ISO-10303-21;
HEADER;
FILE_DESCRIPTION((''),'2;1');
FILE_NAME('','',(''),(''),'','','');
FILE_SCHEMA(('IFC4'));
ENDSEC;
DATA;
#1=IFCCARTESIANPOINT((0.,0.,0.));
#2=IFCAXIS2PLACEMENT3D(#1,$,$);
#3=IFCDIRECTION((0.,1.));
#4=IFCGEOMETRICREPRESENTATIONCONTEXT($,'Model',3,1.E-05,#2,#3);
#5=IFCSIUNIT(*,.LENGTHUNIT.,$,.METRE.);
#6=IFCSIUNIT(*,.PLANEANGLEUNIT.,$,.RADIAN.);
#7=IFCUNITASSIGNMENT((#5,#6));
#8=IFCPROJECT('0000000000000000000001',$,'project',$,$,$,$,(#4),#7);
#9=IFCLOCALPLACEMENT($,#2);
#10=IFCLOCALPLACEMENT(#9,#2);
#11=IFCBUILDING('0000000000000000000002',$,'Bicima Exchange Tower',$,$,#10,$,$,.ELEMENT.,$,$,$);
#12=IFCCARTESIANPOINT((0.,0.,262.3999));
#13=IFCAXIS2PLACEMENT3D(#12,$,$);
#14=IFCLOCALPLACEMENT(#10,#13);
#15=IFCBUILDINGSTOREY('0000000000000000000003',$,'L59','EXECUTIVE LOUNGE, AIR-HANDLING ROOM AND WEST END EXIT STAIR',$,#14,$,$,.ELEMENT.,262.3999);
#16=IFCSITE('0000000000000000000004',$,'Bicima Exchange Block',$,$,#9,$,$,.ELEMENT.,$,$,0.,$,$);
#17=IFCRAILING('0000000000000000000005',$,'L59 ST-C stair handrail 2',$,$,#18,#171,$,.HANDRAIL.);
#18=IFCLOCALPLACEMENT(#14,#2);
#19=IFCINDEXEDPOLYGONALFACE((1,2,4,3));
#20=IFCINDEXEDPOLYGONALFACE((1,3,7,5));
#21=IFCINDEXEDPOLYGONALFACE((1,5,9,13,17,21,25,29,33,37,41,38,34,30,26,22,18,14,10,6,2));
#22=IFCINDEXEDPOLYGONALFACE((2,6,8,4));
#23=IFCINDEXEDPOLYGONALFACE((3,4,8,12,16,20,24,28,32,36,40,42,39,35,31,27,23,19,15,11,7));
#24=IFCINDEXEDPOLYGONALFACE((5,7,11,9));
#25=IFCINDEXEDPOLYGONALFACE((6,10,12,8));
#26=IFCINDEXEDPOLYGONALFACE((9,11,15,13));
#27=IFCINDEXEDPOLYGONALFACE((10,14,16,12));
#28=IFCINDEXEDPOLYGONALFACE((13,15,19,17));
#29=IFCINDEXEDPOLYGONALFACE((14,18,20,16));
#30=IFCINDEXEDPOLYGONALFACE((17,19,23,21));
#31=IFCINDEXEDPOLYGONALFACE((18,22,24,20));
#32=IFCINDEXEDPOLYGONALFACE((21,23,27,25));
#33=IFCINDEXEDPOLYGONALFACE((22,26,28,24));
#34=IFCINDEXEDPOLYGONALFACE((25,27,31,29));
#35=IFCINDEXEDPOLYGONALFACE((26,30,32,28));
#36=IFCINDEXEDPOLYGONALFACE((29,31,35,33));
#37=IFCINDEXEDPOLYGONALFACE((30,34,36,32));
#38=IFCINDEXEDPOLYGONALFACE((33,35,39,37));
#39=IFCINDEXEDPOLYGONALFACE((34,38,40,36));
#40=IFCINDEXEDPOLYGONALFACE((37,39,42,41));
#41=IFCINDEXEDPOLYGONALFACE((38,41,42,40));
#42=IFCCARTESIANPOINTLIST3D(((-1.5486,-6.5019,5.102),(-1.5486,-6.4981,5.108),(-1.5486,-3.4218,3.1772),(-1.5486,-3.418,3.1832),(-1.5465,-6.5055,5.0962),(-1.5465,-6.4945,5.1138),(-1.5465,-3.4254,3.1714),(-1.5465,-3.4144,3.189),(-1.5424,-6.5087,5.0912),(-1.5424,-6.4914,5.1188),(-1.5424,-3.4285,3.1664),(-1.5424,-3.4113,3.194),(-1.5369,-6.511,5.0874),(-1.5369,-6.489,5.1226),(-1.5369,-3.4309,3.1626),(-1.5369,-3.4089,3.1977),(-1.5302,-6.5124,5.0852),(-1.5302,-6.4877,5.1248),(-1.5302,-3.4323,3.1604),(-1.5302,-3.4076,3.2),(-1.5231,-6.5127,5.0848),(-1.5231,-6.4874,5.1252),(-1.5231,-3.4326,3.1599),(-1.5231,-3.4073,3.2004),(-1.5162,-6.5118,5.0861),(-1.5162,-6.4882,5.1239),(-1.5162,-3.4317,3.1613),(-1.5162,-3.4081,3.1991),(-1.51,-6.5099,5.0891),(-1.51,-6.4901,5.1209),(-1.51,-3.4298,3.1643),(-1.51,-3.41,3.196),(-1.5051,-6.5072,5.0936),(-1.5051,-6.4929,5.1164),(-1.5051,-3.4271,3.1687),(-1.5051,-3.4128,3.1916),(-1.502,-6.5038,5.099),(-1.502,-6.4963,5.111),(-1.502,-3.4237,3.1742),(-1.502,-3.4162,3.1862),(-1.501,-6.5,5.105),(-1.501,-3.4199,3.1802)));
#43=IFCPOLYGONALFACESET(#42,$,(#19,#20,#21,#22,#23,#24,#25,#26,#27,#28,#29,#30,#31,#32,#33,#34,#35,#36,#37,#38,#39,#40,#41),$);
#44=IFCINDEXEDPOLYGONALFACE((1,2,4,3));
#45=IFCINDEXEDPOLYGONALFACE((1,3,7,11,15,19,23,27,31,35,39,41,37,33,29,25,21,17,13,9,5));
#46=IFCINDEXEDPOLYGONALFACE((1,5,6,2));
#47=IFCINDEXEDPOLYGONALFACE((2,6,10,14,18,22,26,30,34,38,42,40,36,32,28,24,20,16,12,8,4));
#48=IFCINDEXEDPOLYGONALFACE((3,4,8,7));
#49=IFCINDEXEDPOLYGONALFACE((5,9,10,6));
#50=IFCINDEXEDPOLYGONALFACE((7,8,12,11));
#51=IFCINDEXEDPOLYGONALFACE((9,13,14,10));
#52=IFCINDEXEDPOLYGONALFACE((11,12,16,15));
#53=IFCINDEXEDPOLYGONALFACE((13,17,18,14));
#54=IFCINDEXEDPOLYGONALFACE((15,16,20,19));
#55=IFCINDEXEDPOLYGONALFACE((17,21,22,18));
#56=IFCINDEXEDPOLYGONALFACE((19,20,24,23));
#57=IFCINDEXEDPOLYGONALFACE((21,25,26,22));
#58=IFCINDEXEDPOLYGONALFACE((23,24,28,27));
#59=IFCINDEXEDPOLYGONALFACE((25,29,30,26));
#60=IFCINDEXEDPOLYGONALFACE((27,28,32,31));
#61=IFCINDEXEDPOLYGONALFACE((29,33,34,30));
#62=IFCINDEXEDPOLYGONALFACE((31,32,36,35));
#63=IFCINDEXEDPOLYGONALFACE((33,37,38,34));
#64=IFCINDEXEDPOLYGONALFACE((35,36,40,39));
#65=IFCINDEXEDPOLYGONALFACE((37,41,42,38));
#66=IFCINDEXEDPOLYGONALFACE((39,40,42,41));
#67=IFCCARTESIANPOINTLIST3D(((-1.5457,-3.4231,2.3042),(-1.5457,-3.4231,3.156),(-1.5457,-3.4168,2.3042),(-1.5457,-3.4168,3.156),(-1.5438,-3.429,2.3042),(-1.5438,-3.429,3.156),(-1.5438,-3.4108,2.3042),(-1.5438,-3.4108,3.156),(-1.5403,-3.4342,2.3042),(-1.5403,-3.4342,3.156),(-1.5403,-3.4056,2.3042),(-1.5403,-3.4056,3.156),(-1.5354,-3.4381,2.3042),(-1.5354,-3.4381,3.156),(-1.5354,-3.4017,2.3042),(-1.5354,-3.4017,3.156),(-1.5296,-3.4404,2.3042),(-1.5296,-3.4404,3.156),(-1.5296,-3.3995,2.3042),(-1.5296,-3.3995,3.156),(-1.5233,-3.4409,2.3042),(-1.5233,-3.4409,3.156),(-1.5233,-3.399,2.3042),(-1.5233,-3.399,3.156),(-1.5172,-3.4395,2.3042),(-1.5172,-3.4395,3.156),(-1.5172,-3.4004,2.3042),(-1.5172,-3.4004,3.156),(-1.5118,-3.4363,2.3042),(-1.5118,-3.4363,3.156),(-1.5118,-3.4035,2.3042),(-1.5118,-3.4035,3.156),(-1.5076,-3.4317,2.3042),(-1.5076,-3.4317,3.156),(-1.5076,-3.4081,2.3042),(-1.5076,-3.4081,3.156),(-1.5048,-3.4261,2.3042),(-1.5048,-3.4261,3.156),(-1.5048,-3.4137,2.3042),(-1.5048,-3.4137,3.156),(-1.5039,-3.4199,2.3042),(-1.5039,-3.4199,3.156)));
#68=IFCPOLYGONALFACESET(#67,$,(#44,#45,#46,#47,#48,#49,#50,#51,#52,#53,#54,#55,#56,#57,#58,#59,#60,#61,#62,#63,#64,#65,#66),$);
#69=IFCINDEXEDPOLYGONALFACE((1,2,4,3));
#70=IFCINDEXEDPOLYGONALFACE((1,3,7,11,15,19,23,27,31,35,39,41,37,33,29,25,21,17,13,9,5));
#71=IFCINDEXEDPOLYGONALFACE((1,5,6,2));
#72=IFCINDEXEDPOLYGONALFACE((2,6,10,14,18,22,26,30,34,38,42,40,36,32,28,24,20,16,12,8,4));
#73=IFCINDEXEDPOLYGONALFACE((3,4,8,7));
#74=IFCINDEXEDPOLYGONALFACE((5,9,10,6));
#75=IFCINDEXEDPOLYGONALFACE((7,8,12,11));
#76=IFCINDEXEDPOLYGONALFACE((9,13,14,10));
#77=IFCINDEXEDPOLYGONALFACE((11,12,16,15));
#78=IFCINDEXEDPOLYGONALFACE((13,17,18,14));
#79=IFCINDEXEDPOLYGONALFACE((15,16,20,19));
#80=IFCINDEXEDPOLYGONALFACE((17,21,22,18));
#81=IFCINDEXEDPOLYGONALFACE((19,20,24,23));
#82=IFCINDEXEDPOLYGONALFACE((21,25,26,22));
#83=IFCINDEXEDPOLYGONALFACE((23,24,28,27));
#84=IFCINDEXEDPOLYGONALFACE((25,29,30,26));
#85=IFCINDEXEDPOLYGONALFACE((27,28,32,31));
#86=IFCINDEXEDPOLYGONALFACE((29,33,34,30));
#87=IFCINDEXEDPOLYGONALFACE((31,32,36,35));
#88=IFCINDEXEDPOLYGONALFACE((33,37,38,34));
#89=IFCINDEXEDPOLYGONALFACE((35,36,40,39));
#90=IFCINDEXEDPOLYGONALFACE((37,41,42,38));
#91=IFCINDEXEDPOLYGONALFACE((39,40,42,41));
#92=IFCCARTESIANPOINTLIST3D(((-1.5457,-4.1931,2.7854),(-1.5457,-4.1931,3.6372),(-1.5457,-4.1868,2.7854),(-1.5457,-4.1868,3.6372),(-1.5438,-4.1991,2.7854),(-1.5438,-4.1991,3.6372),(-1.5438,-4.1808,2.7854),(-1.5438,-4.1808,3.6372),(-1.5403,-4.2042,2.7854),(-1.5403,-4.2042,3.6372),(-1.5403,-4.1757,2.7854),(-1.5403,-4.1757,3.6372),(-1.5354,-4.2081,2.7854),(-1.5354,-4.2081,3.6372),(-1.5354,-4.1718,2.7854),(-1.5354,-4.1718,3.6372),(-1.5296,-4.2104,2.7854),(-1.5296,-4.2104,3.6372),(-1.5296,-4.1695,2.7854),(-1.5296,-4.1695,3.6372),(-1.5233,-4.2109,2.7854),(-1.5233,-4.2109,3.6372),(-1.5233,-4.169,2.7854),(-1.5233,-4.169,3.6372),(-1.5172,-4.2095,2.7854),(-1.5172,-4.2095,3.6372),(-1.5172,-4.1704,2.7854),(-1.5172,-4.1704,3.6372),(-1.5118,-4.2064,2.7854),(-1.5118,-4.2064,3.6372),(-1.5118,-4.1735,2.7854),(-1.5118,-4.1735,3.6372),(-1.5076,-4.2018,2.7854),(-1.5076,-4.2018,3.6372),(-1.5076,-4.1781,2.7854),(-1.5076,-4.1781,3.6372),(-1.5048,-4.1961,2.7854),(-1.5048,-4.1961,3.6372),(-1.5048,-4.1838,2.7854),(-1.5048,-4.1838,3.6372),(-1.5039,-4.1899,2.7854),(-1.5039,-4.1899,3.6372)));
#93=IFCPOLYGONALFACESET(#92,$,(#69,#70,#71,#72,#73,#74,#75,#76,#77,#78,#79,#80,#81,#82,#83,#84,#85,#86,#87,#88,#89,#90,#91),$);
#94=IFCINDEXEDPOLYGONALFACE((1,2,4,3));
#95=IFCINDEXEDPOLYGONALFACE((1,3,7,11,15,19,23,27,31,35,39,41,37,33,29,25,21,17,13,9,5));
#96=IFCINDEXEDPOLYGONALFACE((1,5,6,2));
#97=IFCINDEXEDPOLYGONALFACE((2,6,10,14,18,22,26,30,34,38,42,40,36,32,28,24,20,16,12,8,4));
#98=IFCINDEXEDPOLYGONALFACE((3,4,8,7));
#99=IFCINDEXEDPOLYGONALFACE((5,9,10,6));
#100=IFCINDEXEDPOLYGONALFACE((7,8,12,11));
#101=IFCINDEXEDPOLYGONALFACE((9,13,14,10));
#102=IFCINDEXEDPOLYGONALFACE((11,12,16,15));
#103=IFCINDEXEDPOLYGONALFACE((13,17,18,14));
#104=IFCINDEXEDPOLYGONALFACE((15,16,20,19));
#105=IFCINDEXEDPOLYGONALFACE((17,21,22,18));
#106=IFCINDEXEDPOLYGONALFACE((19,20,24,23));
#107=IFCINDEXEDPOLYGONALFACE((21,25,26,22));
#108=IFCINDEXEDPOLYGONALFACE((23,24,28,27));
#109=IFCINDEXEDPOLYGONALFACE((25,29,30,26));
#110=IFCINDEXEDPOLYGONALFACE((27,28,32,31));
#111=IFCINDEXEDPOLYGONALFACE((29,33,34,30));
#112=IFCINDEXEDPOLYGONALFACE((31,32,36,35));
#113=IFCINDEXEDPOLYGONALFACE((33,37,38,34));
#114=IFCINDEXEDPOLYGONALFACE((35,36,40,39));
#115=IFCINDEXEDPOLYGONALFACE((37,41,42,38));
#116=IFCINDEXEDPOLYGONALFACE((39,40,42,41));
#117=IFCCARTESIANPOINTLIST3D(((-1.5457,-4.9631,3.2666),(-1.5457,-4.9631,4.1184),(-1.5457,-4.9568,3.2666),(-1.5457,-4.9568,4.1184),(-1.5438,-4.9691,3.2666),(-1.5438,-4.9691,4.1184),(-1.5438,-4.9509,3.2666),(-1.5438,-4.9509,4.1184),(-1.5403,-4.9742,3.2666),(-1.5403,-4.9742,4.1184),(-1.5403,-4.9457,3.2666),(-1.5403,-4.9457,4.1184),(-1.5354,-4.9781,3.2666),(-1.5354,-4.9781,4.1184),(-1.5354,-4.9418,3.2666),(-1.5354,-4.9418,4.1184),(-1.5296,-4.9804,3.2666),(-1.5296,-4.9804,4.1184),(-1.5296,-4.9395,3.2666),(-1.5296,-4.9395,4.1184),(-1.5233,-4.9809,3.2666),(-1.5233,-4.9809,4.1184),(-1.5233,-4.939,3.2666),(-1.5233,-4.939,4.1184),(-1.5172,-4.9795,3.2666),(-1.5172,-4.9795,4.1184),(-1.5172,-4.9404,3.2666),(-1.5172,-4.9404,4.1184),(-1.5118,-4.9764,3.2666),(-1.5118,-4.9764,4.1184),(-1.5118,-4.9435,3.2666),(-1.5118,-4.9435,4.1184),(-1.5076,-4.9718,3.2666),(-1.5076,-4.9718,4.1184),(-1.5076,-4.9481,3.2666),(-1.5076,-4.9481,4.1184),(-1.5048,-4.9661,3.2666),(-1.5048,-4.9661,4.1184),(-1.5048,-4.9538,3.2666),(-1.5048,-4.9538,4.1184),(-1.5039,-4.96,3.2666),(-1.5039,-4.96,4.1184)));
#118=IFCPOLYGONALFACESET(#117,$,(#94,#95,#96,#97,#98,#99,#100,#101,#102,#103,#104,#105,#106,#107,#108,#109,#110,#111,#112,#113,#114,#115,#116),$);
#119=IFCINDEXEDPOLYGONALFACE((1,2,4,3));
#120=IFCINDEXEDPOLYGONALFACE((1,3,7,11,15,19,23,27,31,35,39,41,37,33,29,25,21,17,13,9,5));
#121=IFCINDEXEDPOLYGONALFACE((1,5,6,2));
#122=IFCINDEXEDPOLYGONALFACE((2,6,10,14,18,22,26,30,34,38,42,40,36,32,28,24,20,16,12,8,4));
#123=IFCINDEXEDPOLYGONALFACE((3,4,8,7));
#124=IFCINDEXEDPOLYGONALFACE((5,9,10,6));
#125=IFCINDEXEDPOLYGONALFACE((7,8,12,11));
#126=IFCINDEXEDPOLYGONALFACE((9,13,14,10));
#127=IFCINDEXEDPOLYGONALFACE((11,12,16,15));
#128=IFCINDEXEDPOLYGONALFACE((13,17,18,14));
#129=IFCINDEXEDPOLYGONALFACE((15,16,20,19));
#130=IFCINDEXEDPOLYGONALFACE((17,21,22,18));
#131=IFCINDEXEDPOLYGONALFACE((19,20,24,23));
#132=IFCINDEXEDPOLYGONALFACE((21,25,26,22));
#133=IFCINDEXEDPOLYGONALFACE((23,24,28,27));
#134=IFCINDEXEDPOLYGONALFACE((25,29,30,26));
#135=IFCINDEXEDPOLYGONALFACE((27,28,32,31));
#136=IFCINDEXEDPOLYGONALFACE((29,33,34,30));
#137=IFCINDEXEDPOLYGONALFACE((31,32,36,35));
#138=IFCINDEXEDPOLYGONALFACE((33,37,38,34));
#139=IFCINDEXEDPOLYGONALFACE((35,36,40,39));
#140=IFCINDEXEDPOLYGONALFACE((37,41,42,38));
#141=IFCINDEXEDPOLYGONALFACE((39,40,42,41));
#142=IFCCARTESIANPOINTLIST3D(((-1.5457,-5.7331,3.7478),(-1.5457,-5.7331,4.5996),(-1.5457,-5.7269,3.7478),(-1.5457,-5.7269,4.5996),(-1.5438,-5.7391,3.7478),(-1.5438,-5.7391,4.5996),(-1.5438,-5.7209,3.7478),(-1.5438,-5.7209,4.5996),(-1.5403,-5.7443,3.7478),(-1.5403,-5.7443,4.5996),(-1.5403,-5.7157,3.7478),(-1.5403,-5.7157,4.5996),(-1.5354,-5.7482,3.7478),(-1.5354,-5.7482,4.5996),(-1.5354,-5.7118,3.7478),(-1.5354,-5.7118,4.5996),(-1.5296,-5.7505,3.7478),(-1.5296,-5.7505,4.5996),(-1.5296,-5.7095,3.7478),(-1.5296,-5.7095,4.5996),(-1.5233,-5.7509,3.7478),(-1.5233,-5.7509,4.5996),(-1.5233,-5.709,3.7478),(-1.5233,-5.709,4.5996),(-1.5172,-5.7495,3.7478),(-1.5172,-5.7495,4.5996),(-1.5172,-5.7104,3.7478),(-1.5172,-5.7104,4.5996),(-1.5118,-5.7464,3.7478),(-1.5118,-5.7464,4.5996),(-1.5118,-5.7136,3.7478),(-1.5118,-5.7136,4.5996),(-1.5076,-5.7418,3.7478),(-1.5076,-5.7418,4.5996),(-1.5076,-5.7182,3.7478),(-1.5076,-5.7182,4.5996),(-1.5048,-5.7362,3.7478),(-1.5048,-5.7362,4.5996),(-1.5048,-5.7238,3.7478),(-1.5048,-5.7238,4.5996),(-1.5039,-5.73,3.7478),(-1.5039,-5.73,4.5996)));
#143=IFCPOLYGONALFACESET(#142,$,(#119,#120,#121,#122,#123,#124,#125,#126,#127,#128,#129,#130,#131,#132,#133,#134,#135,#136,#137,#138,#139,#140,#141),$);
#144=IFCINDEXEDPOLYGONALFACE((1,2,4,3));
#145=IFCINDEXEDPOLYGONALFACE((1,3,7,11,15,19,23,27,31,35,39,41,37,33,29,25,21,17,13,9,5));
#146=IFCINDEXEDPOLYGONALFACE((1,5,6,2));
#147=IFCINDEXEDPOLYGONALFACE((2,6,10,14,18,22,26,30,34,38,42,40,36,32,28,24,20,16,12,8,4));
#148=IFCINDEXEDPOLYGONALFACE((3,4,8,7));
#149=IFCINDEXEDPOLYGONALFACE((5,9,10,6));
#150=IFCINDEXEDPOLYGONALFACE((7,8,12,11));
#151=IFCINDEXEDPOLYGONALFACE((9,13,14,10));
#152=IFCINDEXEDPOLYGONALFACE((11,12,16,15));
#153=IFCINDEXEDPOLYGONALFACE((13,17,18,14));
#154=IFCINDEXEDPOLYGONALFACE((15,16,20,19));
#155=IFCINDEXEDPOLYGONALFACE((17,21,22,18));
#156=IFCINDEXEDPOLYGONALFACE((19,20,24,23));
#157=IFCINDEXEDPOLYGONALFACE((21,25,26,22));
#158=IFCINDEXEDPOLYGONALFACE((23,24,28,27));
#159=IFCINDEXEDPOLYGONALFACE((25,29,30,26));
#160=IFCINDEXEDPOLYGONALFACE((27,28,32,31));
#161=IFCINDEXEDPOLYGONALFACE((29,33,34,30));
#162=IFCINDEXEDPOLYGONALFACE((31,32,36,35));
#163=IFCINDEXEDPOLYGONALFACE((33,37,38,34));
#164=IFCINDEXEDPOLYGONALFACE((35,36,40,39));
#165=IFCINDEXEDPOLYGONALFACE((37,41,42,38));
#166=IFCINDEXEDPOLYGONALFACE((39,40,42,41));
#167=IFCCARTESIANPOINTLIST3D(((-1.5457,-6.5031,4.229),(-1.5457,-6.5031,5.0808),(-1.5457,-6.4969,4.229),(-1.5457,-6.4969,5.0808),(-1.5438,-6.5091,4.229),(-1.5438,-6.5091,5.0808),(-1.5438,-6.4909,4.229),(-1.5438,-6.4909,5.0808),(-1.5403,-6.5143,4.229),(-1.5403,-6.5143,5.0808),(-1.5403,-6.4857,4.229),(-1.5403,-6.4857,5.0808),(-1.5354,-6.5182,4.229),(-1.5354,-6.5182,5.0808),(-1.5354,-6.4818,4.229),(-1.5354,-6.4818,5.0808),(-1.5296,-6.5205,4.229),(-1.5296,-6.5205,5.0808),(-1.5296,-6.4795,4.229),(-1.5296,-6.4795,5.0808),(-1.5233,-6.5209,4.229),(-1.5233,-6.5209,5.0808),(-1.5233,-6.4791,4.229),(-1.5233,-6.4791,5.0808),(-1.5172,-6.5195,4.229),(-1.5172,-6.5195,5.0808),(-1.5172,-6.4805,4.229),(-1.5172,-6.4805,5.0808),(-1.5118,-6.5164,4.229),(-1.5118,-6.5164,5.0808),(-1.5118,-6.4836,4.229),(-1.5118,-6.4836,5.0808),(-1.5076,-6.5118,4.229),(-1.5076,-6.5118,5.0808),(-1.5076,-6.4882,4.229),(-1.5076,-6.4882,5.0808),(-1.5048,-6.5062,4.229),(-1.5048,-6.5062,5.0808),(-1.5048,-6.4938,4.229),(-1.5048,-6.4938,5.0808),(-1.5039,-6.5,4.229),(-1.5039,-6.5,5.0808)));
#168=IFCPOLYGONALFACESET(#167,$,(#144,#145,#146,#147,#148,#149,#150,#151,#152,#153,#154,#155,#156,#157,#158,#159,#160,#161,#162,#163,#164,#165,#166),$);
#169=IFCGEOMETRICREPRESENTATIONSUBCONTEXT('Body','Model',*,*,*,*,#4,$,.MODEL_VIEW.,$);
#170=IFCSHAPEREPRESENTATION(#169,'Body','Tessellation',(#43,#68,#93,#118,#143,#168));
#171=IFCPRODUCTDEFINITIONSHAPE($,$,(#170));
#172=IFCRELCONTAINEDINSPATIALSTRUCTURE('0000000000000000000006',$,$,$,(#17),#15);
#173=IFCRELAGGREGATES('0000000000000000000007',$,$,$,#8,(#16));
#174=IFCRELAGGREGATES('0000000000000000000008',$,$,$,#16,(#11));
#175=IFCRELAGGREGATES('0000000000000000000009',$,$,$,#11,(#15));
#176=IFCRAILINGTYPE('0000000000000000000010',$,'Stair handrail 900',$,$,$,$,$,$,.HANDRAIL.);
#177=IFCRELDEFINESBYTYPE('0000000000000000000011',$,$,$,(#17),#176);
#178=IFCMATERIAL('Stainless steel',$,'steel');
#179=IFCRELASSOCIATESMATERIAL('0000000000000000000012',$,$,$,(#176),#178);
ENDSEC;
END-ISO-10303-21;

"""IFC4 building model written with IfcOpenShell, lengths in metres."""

from ifc_helpers import new_model, si_unit, direction, frame, origin, origin_2d, place, context, subcontext, project, spatial, circle, extrude, material, type_object, element, save


model = new_model("IFC4")

# Units and contexts
model_context = context("Model", 3, precision=1e-05, world=origin(), true_north=direction((0.0, 1.0)))
body_context = subcontext(model_context, "Body", "Model", "MODEL_VIEW")
ifc_project = project(units=[si_unit("LENGTHUNIT", "METRE"), si_unit("PLANEANGLEUNIT", "RADIAN")], contexts=[model_context])

# Site, building, storey
site_placement = place(None, origin())
site = spatial("IfcSite", under=ifc_project, at=site_placement, Name="Bicima Exchange Block", CompositionType="ELEMENT", RefElevation=0.0)
building_placement = place(site_placement, origin())
building = spatial("IfcBuilding", under=site, at=building_placement, Name="Bicima Exchange Tower", CompositionType="ELEMENT")
storey_placement = place(building_placement, frame((0.0, 0.0, 262.3999)))
storey = spatial("IfcBuildingStorey", under=building, at=storey_placement, Name="L59", Description="EXECUTIVE LOUNGE, AIR-HANDLING ROOM AND WEST END EXIT STAIR", CompositionType="ELEMENT", Elevation=262.3999)

# Railing
ifc_material_1 = material(Name="Stainless steel", Category="steel")
railing_type = type_object("IfcRailingType", Name="Stair handrail 900", PredefinedType="HANDRAIL", material=ifc_material_1)
railing_placement = place(storey_placement, frame((-1.5249, -3.4199, 2.3042)))
element("IfcRailing", 1, at=railing_placement, inside=storey, type_object=railing_type, Name="L59 ST-C stair handrail 2", PredefinedType="HANDRAIL", context=body_context, shape_type="SweptSolid", body=[
    extrude(circle(Radius=0.0239, at=origin_2d()), frame((0.0, 0.0, 0.876), z_axis=(0.0, -0.848029, 0.529951), x_axis=(1.0, 0.0, 0.0)), (0.0, 0.0, 1.0), 3.6321),
    extrude(circle(Radius=0.021, at=origin_2d()), origin(), (0.0, 0.0, 1.0), 0.8518),
    extrude(circle(Radius=0.021, at=origin_2d()), frame((0.0, -0.77, 0.4812)), (0.0, 0.0, 1.0), 0.8518),
    extrude(circle(Radius=0.021, at=origin_2d()), frame((0.0, -1.54, 0.9624)), (0.0, 0.0, 1.0), 0.8518),
    extrude(circle(Radius=0.021, at=origin_2d()), frame((0.0, -2.3101, 1.4436)), (0.0, 0.0, 1.0), 0.8518),
    extrude(circle(Radius=0.021, at=origin_2d()), frame((0.0, -3.0801, 1.9248)), (0.0, 0.0, 1.0), 0.8518),
])

save(model, "model.ifc")
